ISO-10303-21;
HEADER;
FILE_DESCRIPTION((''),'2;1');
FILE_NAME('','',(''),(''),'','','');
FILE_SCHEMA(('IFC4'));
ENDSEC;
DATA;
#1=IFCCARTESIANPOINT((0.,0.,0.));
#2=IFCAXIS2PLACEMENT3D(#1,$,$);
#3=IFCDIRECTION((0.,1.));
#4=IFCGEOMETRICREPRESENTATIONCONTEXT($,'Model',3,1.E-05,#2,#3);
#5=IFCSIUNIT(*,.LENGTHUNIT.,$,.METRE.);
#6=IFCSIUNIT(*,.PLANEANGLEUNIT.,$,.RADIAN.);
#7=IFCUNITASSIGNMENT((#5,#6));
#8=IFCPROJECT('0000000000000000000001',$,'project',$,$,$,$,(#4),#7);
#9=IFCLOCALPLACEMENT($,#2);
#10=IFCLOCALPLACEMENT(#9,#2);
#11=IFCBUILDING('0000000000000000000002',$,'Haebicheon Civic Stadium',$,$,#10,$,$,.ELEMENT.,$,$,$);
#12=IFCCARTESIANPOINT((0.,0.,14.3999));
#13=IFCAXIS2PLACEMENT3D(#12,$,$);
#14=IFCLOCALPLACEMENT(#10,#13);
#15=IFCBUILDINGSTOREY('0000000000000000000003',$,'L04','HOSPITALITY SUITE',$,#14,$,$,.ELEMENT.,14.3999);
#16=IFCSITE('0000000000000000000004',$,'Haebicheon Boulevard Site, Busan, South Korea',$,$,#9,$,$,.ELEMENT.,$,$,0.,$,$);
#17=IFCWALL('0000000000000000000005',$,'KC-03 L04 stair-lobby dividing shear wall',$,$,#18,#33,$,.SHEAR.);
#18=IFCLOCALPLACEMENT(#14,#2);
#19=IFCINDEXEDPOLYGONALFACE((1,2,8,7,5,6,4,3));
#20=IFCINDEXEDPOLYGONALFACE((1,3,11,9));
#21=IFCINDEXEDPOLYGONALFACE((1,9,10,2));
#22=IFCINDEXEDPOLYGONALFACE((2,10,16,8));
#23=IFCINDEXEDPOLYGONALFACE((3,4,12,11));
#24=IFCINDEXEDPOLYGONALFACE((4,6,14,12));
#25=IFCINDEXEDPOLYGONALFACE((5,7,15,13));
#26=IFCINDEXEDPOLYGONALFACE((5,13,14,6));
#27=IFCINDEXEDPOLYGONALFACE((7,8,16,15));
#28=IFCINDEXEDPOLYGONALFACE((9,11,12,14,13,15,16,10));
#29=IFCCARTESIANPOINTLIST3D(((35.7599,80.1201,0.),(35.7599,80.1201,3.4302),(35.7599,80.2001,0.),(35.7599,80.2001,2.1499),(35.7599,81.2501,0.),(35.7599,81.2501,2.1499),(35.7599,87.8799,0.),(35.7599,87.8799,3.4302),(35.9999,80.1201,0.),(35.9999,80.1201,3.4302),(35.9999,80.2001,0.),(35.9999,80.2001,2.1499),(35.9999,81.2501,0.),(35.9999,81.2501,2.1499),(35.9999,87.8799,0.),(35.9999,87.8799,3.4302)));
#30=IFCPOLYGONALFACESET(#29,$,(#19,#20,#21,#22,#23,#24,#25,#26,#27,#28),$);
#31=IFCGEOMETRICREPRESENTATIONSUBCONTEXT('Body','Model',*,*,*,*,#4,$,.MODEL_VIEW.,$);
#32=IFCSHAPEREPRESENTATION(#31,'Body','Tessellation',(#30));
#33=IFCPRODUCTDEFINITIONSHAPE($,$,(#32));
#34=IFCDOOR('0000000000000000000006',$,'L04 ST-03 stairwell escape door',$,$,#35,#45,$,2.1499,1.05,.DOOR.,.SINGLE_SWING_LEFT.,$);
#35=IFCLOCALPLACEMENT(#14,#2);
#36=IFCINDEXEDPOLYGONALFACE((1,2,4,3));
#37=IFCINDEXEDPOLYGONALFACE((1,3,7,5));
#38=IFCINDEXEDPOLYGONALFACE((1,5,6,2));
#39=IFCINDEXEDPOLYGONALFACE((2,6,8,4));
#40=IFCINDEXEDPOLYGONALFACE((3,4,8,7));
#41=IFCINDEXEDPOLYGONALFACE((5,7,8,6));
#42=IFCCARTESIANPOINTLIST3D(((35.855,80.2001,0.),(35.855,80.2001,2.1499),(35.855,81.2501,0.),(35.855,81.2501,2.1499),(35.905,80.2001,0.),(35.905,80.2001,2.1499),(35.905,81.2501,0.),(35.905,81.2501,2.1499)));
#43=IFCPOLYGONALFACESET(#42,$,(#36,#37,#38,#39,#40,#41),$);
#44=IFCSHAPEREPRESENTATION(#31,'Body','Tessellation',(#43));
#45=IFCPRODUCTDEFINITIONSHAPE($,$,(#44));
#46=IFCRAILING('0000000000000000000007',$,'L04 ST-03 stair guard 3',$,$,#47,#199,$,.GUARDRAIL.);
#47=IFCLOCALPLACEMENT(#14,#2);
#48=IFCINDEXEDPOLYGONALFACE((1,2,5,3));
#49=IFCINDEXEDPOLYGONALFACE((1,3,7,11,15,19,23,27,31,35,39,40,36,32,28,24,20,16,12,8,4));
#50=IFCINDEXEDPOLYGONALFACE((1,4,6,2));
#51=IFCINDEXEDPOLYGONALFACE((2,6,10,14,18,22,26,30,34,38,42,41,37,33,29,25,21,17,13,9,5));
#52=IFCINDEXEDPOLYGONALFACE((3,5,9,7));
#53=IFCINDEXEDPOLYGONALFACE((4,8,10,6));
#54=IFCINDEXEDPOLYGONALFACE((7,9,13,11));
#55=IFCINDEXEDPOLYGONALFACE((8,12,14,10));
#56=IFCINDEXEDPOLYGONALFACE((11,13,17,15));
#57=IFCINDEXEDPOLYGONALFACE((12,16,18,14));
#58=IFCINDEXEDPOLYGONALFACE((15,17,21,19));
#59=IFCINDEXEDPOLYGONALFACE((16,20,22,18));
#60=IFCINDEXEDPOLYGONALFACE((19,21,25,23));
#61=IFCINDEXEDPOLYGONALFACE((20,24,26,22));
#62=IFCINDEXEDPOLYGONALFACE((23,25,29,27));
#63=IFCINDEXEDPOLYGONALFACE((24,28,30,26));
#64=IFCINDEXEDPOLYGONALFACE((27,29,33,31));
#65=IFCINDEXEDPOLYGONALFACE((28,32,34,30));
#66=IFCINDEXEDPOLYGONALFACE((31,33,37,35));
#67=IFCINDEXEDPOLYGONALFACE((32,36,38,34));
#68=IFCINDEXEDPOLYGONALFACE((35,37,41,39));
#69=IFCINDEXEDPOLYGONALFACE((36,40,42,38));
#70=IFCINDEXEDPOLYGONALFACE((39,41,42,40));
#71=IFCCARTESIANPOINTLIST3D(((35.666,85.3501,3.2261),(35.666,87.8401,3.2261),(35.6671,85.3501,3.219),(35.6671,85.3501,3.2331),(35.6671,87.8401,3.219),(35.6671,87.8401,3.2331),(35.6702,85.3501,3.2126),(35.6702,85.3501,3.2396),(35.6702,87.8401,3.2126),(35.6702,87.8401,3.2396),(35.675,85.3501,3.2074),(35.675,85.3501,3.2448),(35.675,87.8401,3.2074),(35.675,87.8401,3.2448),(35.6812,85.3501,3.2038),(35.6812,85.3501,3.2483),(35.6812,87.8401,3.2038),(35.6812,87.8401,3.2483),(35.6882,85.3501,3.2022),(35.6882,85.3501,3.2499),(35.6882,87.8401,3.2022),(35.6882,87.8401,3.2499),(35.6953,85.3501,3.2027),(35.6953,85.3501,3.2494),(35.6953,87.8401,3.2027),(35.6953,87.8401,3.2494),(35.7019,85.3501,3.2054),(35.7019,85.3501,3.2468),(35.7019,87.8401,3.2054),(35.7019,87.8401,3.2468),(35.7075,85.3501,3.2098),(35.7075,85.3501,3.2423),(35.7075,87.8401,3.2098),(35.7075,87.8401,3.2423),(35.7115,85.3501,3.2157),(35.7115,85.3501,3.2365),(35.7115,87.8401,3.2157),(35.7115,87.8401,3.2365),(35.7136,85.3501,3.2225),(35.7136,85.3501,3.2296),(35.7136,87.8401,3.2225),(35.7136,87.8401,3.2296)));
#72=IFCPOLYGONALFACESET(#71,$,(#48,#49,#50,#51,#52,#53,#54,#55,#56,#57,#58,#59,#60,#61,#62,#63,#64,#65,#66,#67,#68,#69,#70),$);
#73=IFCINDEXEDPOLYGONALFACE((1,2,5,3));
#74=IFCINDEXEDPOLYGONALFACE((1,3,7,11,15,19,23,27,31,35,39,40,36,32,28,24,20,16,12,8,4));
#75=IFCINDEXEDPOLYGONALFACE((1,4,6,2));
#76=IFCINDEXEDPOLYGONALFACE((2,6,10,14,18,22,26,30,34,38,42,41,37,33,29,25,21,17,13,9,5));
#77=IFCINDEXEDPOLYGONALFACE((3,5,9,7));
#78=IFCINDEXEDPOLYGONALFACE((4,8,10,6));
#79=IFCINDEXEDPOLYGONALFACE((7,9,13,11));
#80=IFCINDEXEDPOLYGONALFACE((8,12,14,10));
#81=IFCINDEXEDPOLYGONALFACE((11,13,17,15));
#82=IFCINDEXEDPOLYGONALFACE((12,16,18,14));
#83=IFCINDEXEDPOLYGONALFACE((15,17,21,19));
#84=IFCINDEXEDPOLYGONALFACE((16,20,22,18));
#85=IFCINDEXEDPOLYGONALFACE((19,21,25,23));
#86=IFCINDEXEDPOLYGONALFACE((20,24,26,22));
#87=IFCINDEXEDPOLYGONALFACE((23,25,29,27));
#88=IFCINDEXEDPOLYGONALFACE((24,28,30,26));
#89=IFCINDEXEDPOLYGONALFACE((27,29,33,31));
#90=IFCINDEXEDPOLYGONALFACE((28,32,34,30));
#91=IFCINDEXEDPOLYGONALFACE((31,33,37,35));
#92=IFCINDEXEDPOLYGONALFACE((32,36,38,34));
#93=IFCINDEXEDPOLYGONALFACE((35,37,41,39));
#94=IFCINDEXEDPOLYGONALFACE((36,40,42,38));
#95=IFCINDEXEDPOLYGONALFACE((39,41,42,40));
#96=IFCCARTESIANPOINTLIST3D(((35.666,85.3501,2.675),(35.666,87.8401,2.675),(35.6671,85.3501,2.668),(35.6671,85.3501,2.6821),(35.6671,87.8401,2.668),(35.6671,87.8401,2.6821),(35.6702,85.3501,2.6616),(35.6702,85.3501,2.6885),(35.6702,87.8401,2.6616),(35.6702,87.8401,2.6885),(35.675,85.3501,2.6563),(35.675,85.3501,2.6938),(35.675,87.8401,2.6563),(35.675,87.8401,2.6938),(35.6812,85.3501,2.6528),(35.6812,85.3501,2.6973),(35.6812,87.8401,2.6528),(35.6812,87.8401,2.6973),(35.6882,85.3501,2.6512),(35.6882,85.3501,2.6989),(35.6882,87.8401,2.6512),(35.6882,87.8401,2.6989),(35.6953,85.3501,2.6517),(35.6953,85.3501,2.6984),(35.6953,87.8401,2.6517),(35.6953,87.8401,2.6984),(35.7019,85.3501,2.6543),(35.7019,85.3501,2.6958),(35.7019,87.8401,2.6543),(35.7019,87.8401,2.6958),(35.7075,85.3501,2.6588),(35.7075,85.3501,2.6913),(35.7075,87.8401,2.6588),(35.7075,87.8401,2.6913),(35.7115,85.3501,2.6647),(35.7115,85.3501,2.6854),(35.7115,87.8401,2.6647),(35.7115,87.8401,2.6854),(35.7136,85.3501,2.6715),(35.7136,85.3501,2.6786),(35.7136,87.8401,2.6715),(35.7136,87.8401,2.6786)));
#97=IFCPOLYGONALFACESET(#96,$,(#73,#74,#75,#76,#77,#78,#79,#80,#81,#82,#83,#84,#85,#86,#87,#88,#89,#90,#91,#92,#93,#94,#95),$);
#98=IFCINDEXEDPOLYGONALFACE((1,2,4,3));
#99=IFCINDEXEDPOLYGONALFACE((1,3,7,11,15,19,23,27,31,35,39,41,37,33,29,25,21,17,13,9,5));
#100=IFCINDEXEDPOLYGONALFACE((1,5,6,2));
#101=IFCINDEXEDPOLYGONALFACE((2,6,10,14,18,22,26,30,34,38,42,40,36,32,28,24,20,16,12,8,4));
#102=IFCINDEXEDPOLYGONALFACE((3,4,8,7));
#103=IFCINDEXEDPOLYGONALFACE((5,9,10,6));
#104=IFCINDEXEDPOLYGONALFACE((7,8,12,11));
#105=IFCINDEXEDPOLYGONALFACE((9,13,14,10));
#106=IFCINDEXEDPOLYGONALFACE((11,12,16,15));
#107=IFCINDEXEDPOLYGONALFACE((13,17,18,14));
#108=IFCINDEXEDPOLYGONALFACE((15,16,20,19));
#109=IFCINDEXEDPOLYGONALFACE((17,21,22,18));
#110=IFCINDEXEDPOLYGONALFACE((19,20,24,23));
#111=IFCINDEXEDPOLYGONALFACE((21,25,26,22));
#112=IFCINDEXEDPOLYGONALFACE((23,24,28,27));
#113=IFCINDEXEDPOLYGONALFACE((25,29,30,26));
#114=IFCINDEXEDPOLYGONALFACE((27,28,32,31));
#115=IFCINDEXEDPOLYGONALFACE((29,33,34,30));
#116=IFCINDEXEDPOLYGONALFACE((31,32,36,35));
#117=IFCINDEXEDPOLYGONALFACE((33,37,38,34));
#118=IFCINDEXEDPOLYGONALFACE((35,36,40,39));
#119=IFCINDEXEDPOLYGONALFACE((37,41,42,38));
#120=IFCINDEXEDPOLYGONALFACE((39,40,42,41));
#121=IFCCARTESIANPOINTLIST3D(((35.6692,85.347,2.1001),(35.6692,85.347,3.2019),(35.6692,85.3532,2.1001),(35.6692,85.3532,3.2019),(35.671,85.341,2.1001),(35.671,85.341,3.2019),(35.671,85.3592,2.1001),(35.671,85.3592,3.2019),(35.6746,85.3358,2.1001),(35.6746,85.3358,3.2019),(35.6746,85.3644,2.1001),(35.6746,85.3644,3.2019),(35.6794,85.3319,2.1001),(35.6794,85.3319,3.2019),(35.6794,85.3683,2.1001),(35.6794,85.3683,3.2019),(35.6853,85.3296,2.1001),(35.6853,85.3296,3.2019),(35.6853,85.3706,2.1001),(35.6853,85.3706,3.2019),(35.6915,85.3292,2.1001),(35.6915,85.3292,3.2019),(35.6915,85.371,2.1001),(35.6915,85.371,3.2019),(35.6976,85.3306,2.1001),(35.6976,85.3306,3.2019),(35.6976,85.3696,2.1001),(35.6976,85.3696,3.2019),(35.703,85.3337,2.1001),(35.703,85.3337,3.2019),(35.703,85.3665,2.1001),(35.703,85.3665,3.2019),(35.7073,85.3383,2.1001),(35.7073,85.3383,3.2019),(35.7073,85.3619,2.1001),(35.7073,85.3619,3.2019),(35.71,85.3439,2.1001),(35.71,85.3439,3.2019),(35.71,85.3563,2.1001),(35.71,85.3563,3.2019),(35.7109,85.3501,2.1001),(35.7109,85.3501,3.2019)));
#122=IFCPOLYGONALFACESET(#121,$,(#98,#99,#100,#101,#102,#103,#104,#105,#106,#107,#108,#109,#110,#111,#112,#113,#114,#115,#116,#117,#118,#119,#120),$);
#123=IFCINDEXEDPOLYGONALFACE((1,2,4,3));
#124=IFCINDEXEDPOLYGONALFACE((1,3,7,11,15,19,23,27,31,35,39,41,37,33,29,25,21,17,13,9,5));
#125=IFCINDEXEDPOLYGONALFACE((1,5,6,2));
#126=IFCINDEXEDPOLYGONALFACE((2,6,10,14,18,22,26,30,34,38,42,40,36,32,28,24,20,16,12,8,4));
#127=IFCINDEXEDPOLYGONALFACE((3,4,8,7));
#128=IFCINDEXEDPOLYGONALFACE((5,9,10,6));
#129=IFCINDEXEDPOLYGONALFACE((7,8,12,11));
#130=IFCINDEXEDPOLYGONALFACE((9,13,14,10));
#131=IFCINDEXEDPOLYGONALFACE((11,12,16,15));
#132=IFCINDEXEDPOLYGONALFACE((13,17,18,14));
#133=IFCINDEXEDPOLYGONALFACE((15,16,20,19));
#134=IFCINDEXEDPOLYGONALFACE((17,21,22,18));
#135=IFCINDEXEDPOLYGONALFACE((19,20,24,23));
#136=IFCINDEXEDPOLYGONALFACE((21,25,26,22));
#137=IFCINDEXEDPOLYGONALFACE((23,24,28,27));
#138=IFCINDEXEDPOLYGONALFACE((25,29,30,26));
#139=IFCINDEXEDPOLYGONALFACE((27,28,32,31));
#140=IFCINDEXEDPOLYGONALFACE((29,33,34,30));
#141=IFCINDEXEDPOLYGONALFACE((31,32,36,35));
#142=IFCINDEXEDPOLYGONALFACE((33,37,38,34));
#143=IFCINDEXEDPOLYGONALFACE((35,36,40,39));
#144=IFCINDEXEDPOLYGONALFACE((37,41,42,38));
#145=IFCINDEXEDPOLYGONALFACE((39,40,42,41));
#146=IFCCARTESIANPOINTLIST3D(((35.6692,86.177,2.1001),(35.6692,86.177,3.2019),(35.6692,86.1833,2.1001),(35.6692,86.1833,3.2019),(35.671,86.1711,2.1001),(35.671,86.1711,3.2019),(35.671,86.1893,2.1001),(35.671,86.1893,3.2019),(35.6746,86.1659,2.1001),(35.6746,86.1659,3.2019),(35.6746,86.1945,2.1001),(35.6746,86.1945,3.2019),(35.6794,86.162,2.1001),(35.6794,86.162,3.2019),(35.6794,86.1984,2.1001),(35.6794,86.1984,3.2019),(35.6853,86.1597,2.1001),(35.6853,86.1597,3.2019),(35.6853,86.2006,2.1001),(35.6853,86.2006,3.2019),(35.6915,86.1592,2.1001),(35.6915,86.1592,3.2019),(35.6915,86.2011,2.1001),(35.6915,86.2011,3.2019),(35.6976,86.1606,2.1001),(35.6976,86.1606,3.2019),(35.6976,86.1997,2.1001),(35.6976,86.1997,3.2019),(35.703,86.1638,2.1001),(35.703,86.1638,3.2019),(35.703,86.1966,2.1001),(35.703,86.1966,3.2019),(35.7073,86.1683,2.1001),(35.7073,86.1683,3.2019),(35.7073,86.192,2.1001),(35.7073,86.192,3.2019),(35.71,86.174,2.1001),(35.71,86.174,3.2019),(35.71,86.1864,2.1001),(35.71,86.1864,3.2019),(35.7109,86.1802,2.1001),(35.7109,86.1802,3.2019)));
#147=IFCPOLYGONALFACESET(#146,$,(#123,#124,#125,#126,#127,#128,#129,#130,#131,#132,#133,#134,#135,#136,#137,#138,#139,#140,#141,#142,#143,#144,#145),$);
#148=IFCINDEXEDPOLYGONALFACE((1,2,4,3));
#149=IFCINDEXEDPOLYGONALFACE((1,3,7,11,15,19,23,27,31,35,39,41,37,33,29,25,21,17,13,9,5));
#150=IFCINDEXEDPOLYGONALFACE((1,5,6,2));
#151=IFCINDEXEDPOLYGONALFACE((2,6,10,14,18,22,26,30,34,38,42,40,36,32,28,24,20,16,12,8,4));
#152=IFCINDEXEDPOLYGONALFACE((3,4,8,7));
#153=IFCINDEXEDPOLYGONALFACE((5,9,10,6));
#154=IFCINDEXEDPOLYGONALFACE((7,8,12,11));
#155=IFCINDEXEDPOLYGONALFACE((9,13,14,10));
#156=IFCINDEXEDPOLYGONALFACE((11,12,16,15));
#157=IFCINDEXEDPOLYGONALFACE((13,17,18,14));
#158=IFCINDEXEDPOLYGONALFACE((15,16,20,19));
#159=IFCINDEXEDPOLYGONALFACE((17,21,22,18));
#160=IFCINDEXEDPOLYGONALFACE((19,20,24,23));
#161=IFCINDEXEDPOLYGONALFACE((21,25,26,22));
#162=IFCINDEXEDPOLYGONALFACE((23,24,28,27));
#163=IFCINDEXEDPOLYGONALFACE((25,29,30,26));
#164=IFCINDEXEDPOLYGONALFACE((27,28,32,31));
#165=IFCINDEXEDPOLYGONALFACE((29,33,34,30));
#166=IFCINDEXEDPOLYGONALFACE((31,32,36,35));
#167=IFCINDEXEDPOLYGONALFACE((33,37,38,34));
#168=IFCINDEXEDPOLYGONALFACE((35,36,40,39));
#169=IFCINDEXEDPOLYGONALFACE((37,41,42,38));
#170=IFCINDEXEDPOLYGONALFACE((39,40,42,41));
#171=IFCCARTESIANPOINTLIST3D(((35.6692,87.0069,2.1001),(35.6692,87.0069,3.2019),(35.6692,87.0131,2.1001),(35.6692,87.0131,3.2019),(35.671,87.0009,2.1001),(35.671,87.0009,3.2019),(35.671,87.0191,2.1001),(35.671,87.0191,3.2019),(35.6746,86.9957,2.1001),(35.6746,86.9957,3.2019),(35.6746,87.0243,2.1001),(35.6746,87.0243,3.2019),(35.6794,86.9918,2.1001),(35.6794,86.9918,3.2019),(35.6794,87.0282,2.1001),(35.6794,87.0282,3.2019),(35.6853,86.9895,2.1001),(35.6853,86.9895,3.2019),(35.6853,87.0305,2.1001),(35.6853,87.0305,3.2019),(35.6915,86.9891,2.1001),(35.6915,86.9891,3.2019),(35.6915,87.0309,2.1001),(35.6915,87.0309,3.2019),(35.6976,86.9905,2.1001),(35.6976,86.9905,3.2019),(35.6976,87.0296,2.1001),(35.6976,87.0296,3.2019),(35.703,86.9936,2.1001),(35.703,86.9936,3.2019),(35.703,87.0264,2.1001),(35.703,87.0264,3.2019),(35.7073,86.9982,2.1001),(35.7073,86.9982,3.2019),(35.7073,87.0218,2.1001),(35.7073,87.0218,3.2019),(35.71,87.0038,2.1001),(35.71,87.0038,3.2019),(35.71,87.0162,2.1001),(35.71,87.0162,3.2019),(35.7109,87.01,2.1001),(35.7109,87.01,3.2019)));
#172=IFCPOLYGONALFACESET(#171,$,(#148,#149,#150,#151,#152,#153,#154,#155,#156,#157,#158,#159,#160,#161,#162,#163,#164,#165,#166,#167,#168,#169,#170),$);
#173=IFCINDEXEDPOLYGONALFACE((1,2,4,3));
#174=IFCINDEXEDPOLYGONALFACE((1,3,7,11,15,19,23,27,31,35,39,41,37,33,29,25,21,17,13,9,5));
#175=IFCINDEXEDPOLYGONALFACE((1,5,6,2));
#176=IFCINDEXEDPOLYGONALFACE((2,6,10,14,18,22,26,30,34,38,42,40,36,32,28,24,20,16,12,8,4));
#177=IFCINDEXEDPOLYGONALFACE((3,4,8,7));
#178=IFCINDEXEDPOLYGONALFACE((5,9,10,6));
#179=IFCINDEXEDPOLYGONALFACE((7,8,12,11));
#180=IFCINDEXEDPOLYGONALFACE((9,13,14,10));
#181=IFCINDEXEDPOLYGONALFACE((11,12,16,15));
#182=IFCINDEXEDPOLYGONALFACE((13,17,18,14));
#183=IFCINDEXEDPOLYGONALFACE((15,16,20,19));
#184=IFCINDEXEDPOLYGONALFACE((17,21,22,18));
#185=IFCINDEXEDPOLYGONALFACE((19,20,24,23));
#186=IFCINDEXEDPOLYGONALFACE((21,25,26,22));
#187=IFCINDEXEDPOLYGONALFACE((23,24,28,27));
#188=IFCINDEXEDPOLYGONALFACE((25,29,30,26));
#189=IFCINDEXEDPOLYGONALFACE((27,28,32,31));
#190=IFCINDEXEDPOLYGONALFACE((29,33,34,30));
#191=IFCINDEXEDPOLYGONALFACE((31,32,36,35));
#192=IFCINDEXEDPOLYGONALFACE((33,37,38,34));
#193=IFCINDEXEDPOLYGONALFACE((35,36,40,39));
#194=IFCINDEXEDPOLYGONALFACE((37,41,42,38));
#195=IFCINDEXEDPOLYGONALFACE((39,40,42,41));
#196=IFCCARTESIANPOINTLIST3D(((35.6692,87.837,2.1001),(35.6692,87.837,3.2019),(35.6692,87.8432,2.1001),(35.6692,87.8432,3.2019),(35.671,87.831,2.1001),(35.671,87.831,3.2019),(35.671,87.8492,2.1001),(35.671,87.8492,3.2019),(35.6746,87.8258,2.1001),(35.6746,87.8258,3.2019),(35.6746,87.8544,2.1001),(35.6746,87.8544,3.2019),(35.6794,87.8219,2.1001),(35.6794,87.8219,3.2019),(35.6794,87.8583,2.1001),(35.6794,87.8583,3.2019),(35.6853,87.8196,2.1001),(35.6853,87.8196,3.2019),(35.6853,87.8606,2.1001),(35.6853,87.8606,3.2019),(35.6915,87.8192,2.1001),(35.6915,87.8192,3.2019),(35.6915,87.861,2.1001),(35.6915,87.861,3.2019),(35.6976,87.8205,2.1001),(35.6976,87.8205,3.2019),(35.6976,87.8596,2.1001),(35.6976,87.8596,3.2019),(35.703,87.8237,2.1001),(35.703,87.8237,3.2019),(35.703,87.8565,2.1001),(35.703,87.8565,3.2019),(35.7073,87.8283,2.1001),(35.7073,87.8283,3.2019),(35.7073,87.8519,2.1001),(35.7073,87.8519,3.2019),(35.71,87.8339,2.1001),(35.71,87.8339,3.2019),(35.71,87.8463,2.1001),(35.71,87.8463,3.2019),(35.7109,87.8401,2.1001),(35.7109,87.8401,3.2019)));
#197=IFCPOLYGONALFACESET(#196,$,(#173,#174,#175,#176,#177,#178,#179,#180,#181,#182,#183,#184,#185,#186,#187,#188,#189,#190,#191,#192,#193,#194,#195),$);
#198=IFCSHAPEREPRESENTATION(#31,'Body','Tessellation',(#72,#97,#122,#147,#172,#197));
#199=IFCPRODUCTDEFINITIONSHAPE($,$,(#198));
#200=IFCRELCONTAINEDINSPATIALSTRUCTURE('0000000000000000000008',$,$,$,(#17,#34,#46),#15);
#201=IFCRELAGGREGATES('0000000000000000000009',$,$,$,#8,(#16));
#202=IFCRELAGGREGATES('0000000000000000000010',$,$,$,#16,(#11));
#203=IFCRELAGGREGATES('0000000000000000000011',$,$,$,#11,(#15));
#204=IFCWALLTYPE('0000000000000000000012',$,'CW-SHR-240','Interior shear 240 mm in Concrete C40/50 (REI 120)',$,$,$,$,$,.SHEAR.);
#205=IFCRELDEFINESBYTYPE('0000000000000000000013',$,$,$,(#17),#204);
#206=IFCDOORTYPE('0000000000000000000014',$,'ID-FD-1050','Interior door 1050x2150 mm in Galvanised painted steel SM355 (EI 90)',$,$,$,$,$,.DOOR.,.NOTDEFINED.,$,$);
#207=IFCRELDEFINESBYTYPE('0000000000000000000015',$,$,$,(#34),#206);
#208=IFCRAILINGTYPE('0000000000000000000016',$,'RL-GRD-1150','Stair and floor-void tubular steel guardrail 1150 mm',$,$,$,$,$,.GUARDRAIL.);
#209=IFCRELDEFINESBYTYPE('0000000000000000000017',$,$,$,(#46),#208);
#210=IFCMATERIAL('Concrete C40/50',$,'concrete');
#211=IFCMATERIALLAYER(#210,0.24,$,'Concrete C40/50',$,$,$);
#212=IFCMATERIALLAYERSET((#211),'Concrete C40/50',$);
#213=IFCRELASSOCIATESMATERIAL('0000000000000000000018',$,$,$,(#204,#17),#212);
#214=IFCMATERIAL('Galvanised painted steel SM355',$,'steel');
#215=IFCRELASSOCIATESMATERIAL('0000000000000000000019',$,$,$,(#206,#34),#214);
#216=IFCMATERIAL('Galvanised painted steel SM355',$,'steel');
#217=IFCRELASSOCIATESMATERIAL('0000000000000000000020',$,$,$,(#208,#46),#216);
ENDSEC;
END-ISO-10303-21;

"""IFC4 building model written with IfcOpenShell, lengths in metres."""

from ifc_helpers import new_model, si_unit, direction, frame, frame_2d, origin, origin_2d, place, context, subcontext, project, spatial, rectangle, circle, extrude, material, layer, layer_set, type_object, element, fill, save


model = new_model("IFC4")

# Units and contexts
model_context = context("Model", 3, precision=1e-05, world=origin(), true_north=direction((0.0, 1.0)))
body_context = subcontext(model_context, "Body", "Model", "MODEL_VIEW")
ifc_project = project(units=[si_unit("LENGTHUNIT", "METRE"), si_unit("PLANEANGLEUNIT", "RADIAN")], contexts=[model_context])

# Site, building, storey
site_placement = place(None, origin())
site = spatial("IfcSite", under=ifc_project, at=site_placement, Name="Haebicheon Boulevard Site, Busan, South Korea", CompositionType="ELEMENT", RefElevation=0.0)
building_placement = place(site_placement, origin())
building = spatial("IfcBuilding", under=site, at=building_placement, Name="Haebicheon Civic Stadium", CompositionType="ELEMENT")
storey_placement = place(building_placement, frame((0.0, 0.0, 14.3999)))
storey = spatial("IfcBuildingStorey", under=building, at=storey_placement, Name="L04", Description="HOSPITALITY SUITE", CompositionType="ELEMENT", Elevation=14.3999)

# Shared definitions
ifc_material_1 = material(Name="Concrete C40/50", Category="concrete")
ifc_layer = layer(ifc_material_1, 0.24, Name="Concrete C40/50")
ifc_layer_set = layer_set([ifc_layer], Name="Concrete C40/50")
wall_type = type_object("IfcWallType", Name="CW-SHR-240", Description="Interior shear 240 mm in Concrete C40/50 (REI 120)", PredefinedType="SHEAR", material=ifc_layer_set)

# Wall, opening, door
wall_1_placement = place(storey_placement, frame((35.8799, 80.1201, 0.0), z_axis=(0.0, 0.0, 1.0), x_axis=(0.0, 1.0, 0.0)))
wall_1 = element("IfcWall", 1, at=wall_1_placement, inside=storey, type_object=wall_type, material=ifc_layer_set, Name="KC-03 L04 stair-lobby dividing shear wall", PredefinedType="SHEAR", context=body_context, shape_type="SweptSolid", body=[
    extrude(rectangle(XDim=7.7598, YDim=0.24, at=frame_2d((3.8799, 0.0))), origin(), (0.0, 0.0, 1.0), 3.4302),
])
opening_1_placement = place(wall_1_placement, frame((0.0801, 0.0, 0.0)))
opening_1 = element("IfcOpeningElement", 2, at=opening_1_placement, cuts=wall_1, PredefinedType="OPENING", context=body_context, shape_type="SweptSolid", body=[
    extrude(rectangle(XDim=1.05, YDim=2.1499, at=frame_2d((0.5249, 1.075))), frame((0.0, 0.1299, 0.0), z_axis=(0.0, -1.0, 0.0), x_axis=(1.0, 0.0, 0.0)), (0.0, 0.0, 1.0), 0.26),
])
ifc_material_2 = material(Name="Galvanised painted steel SM355", Category="steel")
door_type_1 = type_object("IfcDoorType", Name="ID-FD-1050", Description="Interior door 1050x2150 mm in Galvanised painted steel SM355 (EI 90)", OperationType="NOTDEFINED", PredefinedType="DOOR", material=ifc_material_2)
door_1_placement = place(opening_1_placement, origin())
door_1 = element("IfcDoor", 3, at=door_1_placement, inside=storey, type_object=door_type_1, material=ifc_material_2, Name="L04 ST-03 stairwell escape door", OperationType="SINGLE_SWING_LEFT", OverallHeight=2.1499, OverallWidth=1.05, PredefinedType="DOOR", context=body_context, shape_type="SweptSolid", body=[
    extrude(rectangle(XDim=1.05, YDim=2.1499, at=frame_2d((0.5249, 1.075))), frame((0.0, 0.0249, 0.0), z_axis=(0.0, -1.0, 0.0), x_axis=(1.0, 0.0, 0.0)), (0.0, 0.0, 1.0), 0.05),
])
fill(opening_1, door_1)

# Railing
ifc_material_3 = material(Name="Galvanised painted steel SM355", Category="steel")
railing_type_1 = type_object("IfcRailingType", Name="RL-GRD-1150", Description="Stair and floor-void tubular steel guardrail 1150 mm", PredefinedType="GUARDRAIL", material=ifc_material_3)
railing_1_placement = place(storey_placement, frame((35.6899, 85.3501, 2.1001)))
element("IfcRailing", 4, at=railing_1_placement, inside=storey, type_object=railing_type_1, material=ifc_material_3, Name="L04 ST-03 stair guard 3", PredefinedType="GUARDRAIL", context=body_context, shape_type="SweptSolid", body=[
    extrude(circle(Radius=0.0239, at=origin_2d()), frame((0.0, 0.0, 1.126), z_axis=(0.0, 1.0, 0.0), x_axis=(-1.0, 0.0, 0.0)), (0.0, 0.0, 1.0), 2.49),
    extrude(circle(Radius=0.0239, at=origin_2d()), frame((0.0, 0.0, 0.575), z_axis=(0.0, 1.0, 0.0), x_axis=(-1.0, 0.0, 0.0)), (0.0, 0.0, 1.0), 2.49),
    extrude(circle(Radius=0.021, at=origin_2d()), origin(), (0.0, 0.0, 1.0), 1.1018),
    extrude(circle(Radius=0.021, at=origin_2d()), frame((0.0, 0.8301, 0.0)), (0.0, 0.0, 1.0), 1.1018),
    extrude(circle(Radius=0.021, at=origin_2d()), frame((0.0, 1.6599, 0.0)), (0.0, 0.0, 1.0), 1.1018),
    extrude(circle(Radius=0.021, at=origin_2d()), frame((0.0, 2.49, 0.0)), (0.0, 0.0, 1.0), 1.1018),
])

save(model, "model.ifc")
